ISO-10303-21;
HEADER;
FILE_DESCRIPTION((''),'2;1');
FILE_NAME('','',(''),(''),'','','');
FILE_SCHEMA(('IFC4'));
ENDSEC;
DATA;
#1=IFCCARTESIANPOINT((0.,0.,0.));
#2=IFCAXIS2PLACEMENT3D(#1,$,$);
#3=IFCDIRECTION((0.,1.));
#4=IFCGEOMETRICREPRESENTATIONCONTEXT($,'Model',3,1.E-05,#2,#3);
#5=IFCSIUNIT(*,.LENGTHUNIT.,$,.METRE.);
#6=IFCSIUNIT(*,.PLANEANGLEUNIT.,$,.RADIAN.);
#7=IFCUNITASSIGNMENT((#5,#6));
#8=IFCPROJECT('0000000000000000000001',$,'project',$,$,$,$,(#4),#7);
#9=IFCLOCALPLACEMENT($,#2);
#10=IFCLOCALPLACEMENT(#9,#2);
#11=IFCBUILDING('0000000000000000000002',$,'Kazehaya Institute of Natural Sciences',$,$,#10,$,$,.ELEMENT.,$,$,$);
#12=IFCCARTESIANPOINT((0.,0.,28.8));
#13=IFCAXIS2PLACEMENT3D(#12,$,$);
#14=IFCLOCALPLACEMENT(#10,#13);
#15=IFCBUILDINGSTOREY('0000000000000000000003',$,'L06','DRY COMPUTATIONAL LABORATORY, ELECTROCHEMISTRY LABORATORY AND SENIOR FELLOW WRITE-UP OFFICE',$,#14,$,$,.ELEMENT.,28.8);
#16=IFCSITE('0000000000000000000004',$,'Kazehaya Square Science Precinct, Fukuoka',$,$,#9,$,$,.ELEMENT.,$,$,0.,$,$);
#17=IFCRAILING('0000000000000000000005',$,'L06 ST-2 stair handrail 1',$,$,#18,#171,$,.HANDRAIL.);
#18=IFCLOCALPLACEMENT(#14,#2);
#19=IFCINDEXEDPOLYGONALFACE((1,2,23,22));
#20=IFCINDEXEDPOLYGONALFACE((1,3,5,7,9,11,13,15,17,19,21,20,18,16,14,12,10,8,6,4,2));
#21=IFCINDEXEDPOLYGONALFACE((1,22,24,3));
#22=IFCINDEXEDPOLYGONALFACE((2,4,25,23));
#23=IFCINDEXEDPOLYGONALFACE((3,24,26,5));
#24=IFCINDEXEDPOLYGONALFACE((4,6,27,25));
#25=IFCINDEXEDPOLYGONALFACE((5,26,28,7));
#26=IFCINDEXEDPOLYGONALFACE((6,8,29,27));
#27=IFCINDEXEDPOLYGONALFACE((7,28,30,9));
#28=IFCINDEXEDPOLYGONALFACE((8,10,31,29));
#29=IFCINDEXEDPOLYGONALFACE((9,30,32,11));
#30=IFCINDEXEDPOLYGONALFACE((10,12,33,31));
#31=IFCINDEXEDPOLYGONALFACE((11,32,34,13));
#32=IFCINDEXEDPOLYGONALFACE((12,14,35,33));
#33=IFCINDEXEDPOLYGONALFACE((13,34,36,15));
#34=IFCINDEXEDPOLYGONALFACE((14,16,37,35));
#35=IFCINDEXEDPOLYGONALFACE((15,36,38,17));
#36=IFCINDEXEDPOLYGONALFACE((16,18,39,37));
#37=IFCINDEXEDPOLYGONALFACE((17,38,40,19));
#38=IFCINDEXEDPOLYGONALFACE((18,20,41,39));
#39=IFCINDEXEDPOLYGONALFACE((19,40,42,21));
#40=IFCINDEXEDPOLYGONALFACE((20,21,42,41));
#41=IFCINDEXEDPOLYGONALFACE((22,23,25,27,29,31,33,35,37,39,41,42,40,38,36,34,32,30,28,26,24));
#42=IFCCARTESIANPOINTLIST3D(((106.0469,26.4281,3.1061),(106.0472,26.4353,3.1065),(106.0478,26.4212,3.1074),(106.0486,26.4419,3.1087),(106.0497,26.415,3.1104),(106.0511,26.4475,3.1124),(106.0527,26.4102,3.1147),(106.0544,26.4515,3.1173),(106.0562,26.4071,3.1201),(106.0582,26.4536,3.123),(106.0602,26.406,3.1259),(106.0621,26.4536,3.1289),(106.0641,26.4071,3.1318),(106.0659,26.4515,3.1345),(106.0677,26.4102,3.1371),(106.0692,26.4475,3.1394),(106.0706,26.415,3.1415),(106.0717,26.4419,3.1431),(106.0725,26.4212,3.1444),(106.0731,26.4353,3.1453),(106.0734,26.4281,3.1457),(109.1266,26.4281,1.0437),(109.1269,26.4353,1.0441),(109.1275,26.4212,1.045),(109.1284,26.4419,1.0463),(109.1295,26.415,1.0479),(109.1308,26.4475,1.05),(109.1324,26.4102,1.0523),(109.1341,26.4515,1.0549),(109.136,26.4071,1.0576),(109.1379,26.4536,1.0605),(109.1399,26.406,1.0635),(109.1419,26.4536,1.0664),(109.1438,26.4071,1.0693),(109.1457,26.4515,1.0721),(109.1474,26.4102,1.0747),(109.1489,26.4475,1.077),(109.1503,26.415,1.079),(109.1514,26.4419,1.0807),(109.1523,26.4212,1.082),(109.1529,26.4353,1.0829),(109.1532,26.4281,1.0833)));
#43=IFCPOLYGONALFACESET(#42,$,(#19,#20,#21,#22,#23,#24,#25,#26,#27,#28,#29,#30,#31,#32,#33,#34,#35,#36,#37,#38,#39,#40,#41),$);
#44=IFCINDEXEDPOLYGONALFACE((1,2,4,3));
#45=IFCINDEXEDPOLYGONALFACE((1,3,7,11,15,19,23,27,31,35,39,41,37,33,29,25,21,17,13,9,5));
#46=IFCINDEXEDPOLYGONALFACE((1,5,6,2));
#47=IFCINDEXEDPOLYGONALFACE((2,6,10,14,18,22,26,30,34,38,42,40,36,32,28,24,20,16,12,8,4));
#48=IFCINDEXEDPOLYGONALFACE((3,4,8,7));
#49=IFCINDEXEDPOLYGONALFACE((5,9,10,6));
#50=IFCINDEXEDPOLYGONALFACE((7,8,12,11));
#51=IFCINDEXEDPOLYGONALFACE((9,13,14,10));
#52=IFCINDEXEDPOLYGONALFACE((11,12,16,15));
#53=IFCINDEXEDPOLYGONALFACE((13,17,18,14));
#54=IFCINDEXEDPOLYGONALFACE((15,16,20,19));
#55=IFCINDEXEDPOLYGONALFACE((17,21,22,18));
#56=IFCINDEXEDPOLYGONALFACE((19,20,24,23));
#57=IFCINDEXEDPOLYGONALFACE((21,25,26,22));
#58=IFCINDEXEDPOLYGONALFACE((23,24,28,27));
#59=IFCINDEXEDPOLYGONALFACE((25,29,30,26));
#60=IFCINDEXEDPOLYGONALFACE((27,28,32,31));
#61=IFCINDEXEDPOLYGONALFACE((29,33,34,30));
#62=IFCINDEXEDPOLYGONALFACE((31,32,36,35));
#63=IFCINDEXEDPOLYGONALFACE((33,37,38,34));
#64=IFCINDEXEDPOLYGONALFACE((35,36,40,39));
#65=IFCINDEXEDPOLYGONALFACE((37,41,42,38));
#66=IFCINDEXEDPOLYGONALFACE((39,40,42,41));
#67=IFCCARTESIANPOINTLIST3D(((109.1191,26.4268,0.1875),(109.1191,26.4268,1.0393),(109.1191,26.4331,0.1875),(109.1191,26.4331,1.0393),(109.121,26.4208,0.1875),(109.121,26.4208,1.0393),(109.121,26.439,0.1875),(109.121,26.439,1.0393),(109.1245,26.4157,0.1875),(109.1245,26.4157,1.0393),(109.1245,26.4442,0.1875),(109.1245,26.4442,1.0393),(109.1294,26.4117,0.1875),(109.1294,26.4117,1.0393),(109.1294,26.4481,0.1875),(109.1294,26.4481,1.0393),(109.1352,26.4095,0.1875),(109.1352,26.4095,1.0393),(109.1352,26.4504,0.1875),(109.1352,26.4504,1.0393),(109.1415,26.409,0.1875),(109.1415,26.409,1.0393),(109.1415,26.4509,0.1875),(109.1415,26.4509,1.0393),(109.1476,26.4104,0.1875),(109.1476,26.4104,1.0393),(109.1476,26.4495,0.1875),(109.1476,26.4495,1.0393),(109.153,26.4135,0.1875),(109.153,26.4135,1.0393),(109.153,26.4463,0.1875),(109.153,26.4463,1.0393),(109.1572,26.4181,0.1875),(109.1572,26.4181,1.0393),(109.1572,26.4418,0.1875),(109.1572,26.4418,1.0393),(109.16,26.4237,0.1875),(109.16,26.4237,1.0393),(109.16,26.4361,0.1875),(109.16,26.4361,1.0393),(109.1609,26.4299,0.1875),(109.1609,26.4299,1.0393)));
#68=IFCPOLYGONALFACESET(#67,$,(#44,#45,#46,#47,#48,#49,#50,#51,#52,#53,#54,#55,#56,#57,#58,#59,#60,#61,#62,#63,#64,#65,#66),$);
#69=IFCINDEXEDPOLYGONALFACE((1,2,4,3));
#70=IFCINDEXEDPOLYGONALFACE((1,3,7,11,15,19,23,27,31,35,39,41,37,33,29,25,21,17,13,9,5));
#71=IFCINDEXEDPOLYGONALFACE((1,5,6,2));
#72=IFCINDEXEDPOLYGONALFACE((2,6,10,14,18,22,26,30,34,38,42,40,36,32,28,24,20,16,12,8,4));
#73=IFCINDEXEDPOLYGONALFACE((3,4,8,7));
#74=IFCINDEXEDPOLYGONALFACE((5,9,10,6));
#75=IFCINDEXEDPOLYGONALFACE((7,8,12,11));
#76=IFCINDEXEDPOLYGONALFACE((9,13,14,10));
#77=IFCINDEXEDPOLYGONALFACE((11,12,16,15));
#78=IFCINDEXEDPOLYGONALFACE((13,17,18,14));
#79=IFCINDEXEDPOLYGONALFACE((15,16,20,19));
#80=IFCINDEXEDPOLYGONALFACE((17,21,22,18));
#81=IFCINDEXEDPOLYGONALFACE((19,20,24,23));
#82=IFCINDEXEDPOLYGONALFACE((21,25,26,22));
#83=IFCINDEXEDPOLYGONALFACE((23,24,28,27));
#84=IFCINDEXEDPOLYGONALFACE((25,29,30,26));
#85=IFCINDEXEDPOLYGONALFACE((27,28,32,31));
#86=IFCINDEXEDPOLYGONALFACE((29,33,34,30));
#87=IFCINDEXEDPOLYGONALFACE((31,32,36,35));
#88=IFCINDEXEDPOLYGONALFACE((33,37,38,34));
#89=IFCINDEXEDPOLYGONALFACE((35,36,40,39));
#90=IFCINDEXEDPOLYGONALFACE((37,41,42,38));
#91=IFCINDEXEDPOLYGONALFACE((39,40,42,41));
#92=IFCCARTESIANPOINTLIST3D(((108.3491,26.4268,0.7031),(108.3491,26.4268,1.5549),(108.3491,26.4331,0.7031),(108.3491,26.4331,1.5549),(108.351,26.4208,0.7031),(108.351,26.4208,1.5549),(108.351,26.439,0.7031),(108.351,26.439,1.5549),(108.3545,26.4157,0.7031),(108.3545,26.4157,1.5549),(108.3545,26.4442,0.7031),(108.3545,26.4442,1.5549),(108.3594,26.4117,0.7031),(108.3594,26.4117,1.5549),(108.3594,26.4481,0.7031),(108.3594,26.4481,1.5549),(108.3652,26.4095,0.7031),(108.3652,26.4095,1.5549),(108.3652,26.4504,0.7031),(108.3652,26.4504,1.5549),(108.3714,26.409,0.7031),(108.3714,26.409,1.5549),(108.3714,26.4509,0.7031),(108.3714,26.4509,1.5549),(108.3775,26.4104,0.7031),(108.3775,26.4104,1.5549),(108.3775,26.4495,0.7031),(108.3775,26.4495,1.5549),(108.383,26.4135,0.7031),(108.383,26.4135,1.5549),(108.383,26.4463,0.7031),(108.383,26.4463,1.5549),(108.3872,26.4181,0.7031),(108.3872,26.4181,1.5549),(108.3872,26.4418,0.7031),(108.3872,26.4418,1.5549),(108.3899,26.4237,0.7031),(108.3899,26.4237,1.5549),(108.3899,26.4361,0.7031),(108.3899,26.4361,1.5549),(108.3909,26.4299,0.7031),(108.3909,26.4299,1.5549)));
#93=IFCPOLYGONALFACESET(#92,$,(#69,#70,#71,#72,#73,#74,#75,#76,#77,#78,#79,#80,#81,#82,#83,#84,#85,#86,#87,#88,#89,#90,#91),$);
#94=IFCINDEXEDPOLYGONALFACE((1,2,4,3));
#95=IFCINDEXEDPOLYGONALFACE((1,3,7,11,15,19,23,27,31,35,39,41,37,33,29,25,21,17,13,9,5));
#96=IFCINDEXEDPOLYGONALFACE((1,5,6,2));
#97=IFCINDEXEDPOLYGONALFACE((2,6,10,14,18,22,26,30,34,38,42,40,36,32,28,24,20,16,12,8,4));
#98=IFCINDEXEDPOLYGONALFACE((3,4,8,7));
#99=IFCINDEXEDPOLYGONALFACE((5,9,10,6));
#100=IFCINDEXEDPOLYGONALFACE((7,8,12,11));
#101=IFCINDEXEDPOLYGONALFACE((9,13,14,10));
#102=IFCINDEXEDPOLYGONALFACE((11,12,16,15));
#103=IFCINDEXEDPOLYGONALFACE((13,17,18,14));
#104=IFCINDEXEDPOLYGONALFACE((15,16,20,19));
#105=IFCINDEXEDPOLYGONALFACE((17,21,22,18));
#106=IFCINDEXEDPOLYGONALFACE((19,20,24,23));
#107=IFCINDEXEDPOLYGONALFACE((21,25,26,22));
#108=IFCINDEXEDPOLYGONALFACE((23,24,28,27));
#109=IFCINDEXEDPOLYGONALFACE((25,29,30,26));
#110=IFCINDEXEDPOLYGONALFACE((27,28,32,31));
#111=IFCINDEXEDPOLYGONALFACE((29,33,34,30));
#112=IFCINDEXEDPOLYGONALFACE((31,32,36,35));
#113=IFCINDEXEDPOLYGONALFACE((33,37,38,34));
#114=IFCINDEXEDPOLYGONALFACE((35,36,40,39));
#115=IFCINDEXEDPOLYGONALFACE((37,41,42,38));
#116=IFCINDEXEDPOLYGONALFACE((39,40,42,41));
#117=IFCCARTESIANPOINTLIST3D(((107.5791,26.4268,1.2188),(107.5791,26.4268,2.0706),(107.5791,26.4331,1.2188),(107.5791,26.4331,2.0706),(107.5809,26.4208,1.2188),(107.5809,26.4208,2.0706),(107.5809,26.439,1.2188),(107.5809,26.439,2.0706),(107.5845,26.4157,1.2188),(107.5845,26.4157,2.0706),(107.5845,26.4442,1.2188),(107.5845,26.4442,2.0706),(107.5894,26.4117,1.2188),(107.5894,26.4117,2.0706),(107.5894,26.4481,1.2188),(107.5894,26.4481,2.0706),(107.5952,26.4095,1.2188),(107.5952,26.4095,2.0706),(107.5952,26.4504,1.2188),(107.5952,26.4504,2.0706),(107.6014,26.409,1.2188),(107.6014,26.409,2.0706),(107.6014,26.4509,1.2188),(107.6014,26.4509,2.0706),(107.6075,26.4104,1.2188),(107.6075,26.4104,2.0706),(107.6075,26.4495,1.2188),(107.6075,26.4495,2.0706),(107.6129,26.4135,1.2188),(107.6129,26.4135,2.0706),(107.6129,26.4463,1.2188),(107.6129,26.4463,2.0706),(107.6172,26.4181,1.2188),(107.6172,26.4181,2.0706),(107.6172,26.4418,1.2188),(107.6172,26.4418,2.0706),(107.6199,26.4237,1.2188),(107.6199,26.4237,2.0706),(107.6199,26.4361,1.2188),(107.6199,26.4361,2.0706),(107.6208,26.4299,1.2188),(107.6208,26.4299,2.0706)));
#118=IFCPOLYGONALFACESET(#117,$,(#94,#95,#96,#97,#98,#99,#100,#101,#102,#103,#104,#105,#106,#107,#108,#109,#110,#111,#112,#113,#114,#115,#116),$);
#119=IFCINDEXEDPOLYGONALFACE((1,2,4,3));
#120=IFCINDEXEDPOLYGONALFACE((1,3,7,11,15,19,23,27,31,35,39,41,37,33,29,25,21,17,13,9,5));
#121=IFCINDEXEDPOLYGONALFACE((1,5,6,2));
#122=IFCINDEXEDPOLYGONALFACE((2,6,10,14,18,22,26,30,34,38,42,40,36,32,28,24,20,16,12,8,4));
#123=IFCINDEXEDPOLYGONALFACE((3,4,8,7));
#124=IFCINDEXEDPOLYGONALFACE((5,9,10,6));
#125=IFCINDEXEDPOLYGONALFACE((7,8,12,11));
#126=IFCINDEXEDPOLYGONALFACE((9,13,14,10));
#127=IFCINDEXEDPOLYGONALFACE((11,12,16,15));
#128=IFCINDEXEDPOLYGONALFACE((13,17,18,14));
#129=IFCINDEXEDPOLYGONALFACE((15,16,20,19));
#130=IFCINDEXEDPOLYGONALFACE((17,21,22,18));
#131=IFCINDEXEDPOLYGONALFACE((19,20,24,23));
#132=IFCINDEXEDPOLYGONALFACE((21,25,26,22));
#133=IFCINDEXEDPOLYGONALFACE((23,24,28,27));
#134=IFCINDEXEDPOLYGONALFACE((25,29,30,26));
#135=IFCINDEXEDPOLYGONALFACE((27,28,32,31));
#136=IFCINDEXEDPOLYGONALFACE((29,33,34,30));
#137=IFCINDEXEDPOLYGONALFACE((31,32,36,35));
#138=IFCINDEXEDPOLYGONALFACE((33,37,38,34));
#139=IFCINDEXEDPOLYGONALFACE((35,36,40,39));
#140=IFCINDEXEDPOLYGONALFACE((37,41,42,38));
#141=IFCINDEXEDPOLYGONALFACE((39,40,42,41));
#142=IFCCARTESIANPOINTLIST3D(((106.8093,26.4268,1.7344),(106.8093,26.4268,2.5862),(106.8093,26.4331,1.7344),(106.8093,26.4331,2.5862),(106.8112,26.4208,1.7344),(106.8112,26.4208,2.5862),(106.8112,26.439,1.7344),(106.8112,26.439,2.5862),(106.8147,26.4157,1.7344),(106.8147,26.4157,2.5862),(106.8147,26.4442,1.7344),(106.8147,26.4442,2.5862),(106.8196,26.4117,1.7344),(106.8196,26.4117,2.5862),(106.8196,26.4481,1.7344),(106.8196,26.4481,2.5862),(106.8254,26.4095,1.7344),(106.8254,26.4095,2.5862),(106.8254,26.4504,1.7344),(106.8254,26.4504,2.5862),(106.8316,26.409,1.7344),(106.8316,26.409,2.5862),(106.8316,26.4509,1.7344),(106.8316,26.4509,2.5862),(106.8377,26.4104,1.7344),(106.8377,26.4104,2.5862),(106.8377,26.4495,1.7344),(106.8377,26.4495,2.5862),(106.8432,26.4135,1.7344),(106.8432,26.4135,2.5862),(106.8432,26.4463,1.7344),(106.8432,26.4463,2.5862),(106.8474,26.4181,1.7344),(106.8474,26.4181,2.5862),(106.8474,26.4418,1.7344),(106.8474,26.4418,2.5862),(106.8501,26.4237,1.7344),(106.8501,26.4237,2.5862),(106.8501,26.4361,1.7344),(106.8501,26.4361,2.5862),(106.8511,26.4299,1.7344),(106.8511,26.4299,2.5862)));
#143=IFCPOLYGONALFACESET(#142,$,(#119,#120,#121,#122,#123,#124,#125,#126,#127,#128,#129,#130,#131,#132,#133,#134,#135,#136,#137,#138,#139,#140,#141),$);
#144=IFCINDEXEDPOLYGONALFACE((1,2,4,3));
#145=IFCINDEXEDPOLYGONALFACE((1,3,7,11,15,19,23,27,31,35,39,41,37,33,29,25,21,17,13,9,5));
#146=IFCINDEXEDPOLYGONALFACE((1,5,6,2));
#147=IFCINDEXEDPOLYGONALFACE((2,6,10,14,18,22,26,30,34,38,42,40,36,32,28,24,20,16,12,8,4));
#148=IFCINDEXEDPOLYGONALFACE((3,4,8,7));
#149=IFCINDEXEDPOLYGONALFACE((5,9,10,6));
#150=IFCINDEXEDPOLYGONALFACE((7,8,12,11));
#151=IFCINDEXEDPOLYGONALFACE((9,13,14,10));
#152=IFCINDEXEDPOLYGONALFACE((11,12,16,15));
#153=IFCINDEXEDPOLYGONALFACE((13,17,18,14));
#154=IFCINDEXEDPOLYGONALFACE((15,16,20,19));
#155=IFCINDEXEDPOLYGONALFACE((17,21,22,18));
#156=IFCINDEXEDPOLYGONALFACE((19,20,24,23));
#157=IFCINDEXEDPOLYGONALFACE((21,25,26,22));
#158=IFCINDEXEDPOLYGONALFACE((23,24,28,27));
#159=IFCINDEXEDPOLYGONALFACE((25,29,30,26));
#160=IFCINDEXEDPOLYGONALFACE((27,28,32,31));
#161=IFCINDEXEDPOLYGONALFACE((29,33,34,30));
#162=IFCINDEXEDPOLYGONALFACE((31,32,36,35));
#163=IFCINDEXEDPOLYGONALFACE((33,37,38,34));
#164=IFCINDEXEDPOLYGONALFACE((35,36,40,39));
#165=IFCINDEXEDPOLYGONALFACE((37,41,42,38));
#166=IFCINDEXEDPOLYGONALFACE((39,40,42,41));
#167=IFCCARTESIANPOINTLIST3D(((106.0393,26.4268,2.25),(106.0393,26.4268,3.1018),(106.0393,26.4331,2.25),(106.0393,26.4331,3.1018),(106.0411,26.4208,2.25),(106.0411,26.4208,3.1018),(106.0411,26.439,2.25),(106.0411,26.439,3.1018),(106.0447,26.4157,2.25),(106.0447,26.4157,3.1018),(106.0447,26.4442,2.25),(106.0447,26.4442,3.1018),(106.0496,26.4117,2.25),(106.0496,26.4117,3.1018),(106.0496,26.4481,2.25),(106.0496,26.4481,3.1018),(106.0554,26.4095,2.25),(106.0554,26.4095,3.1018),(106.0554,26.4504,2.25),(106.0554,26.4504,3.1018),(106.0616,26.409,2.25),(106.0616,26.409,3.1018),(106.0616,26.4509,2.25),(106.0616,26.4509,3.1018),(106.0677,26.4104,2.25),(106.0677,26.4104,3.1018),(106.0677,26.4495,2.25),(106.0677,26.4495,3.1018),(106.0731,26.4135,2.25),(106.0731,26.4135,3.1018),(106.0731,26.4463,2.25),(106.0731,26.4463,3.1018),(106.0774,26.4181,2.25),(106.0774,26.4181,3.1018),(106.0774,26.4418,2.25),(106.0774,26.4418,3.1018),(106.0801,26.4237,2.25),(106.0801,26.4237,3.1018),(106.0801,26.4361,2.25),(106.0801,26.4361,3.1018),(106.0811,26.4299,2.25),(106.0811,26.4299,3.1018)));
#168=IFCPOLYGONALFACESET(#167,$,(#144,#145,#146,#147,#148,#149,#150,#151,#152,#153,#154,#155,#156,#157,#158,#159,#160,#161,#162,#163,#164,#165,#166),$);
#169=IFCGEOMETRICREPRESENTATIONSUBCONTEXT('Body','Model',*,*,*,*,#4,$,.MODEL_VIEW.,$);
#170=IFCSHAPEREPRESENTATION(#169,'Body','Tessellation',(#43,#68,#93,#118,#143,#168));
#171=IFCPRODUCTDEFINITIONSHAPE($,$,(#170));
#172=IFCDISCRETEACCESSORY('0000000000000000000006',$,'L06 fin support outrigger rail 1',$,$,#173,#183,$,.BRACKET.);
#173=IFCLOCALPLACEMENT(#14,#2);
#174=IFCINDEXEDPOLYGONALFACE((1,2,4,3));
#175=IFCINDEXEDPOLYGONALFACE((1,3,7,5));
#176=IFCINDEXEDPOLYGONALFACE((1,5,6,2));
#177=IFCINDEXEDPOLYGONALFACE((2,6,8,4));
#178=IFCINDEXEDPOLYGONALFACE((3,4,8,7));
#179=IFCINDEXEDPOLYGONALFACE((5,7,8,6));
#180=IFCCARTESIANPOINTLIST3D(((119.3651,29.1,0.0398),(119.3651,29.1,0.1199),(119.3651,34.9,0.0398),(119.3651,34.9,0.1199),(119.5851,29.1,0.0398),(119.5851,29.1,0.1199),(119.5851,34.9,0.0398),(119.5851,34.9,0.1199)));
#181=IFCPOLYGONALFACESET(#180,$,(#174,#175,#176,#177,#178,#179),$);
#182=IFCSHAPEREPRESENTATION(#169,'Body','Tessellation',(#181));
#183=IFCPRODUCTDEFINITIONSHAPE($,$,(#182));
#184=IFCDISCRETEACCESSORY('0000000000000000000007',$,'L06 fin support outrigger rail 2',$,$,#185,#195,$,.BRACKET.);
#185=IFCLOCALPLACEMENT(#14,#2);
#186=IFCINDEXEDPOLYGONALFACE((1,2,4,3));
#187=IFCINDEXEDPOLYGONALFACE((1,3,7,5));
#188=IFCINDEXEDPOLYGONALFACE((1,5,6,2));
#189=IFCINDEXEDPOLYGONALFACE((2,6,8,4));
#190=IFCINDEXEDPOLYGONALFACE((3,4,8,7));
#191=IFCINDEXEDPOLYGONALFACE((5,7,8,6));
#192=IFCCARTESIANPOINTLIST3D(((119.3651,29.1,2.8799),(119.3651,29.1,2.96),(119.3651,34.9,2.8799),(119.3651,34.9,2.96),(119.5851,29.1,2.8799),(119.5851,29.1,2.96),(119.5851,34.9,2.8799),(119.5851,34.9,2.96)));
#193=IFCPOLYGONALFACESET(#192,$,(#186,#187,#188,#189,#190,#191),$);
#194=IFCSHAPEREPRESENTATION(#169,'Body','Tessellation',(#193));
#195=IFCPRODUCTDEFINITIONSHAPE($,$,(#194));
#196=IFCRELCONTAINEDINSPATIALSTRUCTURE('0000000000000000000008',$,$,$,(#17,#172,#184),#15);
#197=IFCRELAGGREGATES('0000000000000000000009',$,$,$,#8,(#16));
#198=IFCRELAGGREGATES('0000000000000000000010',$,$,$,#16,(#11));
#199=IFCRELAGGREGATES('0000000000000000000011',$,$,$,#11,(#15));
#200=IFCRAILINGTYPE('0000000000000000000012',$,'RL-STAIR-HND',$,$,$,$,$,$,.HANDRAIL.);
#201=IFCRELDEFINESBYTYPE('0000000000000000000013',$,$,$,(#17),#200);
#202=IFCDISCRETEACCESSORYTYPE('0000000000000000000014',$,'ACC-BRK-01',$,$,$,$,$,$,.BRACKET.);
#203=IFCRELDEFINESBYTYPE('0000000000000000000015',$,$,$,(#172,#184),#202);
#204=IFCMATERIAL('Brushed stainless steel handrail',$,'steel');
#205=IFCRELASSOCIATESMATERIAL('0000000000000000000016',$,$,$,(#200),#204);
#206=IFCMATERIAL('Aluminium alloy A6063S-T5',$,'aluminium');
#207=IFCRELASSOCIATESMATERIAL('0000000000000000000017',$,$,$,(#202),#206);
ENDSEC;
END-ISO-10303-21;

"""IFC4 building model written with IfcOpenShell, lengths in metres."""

from ifc_helpers import new_model, si_unit, direction, frame, origin, origin_2d, place, context, subcontext, project, spatial, rectangle, circle, extrude, material, type_object, element, save


model = new_model("IFC4")

# Units and contexts
model_context = context("Model", 3, precision=1e-05, world=origin(), true_north=direction((0.0, 1.0)))
body_context = subcontext(model_context, "Body", "Model", "MODEL_VIEW")
ifc_project = project(units=[si_unit("LENGTHUNIT", "METRE"), si_unit("PLANEANGLEUNIT", "RADIAN")], contexts=[model_context])

# Site, building, storey
site_placement = place(None, origin())
site = spatial("IfcSite", under=ifc_project, at=site_placement, Name="Kazehaya Square Science Precinct, Fukuoka", CompositionType="ELEMENT", RefElevation=0.0)
building_placement = place(site_placement, origin())
building = spatial("IfcBuilding", under=site, at=building_placement, Name="Kazehaya Institute of Natural Sciences", CompositionType="ELEMENT")
storey_placement = place(building_placement, frame((0.0, 0.0, 28.8)))
storey = spatial("IfcBuildingStorey", under=building, at=storey_placement, Name="L06", Description="DRY COMPUTATIONAL LABORATORY, ELECTROCHEMISTRY LABORATORY AND SENIOR FELLOW WRITE-UP OFFICE", CompositionType="ELEMENT", Elevation=28.8)

# Shared definitions
ifc_material_1 = material(Name="Aluminium alloy A6063S-T5", Category="aluminium")

# Railing
ifc_material_2 = material(Name="Brushed stainless steel handrail", Category="steel")
railing_type = type_object("IfcRailingType", Name="RL-STAIR-HND", PredefinedType="HANDRAIL", material=ifc_material_2)
railing_placement = place(storey_placement, frame((109.1399, 26.4299, 0.1875)))
element("IfcRailing", 1, at=railing_placement, inside=storey, type_object=railing_type, Name="L06 ST-2 stair handrail 1", PredefinedType="HANDRAIL", context=body_context, shape_type="SweptSolid", body=[
    extrude(circle(Radius=0.0239, at=origin_2d()), frame((0.0, 0.0, 0.876), z_axis=(-0.830893, 0.0, 0.556432), x_axis=(0.0, -1.0, 0.0)), (0.0, 0.0, 1.0), 3.7065),
    extrude(circle(Radius=0.021, at=origin_2d()), origin(), (0.0, 0.0, 1.0), 0.8518),
    extrude(circle(Radius=0.021, at=origin_2d()), frame((-0.77, 0.0, 0.5156)), (0.0, 0.0, 1.0), 0.8518),
    extrude(circle(Radius=0.021, at=origin_2d()), frame((-1.54, 0.0, 1.0312)), (0.0, 0.0, 1.0), 0.8518),
    extrude(circle(Radius=0.021, at=origin_2d()), frame((-2.3098, 0.0, 1.5469)), (0.0, 0.0, 1.0), 0.8518),
    extrude(circle(Radius=0.021, at=origin_2d()), frame((-3.0798, 0.0, 2.0625)), (0.0, 0.0, 1.0), 0.8518),
])

# Discrete accessories
discrete_accessory_type = type_object("IfcDiscreteAccessoryType", Name="ACC-BRK-01", PredefinedType="BRACKET", material=ifc_material_1)
for number, where, z_axis, x_axis, name in (
    (2, (119.4751, 32.0, 0.0398), (0.0, 0.0, 1.0), (0.0, -1.0, 0.0), "L06 fin support outrigger rail 1"),
    (3, (119.4751, 32.0, 2.8799), (0.0, 0.0, 1.0), (0.0, -1.0, 0.0), "L06 fin support outrigger rail 2"),
):
    element("IfcDiscreteAccessory", number, at=place(storey_placement, frame(where, z_axis=z_axis, x_axis=x_axis)), inside=storey, type_object=discrete_accessory_type, Name=name, PredefinedType="BRACKET", context=body_context, shape_type="SweptSolid", body=[
        extrude(rectangle(XDim=5.8, YDim=0.22, at=origin_2d()), origin(), (0.0, 0.0, 1.0), 0.0801),
    ])

save(model, "model.ifc")
